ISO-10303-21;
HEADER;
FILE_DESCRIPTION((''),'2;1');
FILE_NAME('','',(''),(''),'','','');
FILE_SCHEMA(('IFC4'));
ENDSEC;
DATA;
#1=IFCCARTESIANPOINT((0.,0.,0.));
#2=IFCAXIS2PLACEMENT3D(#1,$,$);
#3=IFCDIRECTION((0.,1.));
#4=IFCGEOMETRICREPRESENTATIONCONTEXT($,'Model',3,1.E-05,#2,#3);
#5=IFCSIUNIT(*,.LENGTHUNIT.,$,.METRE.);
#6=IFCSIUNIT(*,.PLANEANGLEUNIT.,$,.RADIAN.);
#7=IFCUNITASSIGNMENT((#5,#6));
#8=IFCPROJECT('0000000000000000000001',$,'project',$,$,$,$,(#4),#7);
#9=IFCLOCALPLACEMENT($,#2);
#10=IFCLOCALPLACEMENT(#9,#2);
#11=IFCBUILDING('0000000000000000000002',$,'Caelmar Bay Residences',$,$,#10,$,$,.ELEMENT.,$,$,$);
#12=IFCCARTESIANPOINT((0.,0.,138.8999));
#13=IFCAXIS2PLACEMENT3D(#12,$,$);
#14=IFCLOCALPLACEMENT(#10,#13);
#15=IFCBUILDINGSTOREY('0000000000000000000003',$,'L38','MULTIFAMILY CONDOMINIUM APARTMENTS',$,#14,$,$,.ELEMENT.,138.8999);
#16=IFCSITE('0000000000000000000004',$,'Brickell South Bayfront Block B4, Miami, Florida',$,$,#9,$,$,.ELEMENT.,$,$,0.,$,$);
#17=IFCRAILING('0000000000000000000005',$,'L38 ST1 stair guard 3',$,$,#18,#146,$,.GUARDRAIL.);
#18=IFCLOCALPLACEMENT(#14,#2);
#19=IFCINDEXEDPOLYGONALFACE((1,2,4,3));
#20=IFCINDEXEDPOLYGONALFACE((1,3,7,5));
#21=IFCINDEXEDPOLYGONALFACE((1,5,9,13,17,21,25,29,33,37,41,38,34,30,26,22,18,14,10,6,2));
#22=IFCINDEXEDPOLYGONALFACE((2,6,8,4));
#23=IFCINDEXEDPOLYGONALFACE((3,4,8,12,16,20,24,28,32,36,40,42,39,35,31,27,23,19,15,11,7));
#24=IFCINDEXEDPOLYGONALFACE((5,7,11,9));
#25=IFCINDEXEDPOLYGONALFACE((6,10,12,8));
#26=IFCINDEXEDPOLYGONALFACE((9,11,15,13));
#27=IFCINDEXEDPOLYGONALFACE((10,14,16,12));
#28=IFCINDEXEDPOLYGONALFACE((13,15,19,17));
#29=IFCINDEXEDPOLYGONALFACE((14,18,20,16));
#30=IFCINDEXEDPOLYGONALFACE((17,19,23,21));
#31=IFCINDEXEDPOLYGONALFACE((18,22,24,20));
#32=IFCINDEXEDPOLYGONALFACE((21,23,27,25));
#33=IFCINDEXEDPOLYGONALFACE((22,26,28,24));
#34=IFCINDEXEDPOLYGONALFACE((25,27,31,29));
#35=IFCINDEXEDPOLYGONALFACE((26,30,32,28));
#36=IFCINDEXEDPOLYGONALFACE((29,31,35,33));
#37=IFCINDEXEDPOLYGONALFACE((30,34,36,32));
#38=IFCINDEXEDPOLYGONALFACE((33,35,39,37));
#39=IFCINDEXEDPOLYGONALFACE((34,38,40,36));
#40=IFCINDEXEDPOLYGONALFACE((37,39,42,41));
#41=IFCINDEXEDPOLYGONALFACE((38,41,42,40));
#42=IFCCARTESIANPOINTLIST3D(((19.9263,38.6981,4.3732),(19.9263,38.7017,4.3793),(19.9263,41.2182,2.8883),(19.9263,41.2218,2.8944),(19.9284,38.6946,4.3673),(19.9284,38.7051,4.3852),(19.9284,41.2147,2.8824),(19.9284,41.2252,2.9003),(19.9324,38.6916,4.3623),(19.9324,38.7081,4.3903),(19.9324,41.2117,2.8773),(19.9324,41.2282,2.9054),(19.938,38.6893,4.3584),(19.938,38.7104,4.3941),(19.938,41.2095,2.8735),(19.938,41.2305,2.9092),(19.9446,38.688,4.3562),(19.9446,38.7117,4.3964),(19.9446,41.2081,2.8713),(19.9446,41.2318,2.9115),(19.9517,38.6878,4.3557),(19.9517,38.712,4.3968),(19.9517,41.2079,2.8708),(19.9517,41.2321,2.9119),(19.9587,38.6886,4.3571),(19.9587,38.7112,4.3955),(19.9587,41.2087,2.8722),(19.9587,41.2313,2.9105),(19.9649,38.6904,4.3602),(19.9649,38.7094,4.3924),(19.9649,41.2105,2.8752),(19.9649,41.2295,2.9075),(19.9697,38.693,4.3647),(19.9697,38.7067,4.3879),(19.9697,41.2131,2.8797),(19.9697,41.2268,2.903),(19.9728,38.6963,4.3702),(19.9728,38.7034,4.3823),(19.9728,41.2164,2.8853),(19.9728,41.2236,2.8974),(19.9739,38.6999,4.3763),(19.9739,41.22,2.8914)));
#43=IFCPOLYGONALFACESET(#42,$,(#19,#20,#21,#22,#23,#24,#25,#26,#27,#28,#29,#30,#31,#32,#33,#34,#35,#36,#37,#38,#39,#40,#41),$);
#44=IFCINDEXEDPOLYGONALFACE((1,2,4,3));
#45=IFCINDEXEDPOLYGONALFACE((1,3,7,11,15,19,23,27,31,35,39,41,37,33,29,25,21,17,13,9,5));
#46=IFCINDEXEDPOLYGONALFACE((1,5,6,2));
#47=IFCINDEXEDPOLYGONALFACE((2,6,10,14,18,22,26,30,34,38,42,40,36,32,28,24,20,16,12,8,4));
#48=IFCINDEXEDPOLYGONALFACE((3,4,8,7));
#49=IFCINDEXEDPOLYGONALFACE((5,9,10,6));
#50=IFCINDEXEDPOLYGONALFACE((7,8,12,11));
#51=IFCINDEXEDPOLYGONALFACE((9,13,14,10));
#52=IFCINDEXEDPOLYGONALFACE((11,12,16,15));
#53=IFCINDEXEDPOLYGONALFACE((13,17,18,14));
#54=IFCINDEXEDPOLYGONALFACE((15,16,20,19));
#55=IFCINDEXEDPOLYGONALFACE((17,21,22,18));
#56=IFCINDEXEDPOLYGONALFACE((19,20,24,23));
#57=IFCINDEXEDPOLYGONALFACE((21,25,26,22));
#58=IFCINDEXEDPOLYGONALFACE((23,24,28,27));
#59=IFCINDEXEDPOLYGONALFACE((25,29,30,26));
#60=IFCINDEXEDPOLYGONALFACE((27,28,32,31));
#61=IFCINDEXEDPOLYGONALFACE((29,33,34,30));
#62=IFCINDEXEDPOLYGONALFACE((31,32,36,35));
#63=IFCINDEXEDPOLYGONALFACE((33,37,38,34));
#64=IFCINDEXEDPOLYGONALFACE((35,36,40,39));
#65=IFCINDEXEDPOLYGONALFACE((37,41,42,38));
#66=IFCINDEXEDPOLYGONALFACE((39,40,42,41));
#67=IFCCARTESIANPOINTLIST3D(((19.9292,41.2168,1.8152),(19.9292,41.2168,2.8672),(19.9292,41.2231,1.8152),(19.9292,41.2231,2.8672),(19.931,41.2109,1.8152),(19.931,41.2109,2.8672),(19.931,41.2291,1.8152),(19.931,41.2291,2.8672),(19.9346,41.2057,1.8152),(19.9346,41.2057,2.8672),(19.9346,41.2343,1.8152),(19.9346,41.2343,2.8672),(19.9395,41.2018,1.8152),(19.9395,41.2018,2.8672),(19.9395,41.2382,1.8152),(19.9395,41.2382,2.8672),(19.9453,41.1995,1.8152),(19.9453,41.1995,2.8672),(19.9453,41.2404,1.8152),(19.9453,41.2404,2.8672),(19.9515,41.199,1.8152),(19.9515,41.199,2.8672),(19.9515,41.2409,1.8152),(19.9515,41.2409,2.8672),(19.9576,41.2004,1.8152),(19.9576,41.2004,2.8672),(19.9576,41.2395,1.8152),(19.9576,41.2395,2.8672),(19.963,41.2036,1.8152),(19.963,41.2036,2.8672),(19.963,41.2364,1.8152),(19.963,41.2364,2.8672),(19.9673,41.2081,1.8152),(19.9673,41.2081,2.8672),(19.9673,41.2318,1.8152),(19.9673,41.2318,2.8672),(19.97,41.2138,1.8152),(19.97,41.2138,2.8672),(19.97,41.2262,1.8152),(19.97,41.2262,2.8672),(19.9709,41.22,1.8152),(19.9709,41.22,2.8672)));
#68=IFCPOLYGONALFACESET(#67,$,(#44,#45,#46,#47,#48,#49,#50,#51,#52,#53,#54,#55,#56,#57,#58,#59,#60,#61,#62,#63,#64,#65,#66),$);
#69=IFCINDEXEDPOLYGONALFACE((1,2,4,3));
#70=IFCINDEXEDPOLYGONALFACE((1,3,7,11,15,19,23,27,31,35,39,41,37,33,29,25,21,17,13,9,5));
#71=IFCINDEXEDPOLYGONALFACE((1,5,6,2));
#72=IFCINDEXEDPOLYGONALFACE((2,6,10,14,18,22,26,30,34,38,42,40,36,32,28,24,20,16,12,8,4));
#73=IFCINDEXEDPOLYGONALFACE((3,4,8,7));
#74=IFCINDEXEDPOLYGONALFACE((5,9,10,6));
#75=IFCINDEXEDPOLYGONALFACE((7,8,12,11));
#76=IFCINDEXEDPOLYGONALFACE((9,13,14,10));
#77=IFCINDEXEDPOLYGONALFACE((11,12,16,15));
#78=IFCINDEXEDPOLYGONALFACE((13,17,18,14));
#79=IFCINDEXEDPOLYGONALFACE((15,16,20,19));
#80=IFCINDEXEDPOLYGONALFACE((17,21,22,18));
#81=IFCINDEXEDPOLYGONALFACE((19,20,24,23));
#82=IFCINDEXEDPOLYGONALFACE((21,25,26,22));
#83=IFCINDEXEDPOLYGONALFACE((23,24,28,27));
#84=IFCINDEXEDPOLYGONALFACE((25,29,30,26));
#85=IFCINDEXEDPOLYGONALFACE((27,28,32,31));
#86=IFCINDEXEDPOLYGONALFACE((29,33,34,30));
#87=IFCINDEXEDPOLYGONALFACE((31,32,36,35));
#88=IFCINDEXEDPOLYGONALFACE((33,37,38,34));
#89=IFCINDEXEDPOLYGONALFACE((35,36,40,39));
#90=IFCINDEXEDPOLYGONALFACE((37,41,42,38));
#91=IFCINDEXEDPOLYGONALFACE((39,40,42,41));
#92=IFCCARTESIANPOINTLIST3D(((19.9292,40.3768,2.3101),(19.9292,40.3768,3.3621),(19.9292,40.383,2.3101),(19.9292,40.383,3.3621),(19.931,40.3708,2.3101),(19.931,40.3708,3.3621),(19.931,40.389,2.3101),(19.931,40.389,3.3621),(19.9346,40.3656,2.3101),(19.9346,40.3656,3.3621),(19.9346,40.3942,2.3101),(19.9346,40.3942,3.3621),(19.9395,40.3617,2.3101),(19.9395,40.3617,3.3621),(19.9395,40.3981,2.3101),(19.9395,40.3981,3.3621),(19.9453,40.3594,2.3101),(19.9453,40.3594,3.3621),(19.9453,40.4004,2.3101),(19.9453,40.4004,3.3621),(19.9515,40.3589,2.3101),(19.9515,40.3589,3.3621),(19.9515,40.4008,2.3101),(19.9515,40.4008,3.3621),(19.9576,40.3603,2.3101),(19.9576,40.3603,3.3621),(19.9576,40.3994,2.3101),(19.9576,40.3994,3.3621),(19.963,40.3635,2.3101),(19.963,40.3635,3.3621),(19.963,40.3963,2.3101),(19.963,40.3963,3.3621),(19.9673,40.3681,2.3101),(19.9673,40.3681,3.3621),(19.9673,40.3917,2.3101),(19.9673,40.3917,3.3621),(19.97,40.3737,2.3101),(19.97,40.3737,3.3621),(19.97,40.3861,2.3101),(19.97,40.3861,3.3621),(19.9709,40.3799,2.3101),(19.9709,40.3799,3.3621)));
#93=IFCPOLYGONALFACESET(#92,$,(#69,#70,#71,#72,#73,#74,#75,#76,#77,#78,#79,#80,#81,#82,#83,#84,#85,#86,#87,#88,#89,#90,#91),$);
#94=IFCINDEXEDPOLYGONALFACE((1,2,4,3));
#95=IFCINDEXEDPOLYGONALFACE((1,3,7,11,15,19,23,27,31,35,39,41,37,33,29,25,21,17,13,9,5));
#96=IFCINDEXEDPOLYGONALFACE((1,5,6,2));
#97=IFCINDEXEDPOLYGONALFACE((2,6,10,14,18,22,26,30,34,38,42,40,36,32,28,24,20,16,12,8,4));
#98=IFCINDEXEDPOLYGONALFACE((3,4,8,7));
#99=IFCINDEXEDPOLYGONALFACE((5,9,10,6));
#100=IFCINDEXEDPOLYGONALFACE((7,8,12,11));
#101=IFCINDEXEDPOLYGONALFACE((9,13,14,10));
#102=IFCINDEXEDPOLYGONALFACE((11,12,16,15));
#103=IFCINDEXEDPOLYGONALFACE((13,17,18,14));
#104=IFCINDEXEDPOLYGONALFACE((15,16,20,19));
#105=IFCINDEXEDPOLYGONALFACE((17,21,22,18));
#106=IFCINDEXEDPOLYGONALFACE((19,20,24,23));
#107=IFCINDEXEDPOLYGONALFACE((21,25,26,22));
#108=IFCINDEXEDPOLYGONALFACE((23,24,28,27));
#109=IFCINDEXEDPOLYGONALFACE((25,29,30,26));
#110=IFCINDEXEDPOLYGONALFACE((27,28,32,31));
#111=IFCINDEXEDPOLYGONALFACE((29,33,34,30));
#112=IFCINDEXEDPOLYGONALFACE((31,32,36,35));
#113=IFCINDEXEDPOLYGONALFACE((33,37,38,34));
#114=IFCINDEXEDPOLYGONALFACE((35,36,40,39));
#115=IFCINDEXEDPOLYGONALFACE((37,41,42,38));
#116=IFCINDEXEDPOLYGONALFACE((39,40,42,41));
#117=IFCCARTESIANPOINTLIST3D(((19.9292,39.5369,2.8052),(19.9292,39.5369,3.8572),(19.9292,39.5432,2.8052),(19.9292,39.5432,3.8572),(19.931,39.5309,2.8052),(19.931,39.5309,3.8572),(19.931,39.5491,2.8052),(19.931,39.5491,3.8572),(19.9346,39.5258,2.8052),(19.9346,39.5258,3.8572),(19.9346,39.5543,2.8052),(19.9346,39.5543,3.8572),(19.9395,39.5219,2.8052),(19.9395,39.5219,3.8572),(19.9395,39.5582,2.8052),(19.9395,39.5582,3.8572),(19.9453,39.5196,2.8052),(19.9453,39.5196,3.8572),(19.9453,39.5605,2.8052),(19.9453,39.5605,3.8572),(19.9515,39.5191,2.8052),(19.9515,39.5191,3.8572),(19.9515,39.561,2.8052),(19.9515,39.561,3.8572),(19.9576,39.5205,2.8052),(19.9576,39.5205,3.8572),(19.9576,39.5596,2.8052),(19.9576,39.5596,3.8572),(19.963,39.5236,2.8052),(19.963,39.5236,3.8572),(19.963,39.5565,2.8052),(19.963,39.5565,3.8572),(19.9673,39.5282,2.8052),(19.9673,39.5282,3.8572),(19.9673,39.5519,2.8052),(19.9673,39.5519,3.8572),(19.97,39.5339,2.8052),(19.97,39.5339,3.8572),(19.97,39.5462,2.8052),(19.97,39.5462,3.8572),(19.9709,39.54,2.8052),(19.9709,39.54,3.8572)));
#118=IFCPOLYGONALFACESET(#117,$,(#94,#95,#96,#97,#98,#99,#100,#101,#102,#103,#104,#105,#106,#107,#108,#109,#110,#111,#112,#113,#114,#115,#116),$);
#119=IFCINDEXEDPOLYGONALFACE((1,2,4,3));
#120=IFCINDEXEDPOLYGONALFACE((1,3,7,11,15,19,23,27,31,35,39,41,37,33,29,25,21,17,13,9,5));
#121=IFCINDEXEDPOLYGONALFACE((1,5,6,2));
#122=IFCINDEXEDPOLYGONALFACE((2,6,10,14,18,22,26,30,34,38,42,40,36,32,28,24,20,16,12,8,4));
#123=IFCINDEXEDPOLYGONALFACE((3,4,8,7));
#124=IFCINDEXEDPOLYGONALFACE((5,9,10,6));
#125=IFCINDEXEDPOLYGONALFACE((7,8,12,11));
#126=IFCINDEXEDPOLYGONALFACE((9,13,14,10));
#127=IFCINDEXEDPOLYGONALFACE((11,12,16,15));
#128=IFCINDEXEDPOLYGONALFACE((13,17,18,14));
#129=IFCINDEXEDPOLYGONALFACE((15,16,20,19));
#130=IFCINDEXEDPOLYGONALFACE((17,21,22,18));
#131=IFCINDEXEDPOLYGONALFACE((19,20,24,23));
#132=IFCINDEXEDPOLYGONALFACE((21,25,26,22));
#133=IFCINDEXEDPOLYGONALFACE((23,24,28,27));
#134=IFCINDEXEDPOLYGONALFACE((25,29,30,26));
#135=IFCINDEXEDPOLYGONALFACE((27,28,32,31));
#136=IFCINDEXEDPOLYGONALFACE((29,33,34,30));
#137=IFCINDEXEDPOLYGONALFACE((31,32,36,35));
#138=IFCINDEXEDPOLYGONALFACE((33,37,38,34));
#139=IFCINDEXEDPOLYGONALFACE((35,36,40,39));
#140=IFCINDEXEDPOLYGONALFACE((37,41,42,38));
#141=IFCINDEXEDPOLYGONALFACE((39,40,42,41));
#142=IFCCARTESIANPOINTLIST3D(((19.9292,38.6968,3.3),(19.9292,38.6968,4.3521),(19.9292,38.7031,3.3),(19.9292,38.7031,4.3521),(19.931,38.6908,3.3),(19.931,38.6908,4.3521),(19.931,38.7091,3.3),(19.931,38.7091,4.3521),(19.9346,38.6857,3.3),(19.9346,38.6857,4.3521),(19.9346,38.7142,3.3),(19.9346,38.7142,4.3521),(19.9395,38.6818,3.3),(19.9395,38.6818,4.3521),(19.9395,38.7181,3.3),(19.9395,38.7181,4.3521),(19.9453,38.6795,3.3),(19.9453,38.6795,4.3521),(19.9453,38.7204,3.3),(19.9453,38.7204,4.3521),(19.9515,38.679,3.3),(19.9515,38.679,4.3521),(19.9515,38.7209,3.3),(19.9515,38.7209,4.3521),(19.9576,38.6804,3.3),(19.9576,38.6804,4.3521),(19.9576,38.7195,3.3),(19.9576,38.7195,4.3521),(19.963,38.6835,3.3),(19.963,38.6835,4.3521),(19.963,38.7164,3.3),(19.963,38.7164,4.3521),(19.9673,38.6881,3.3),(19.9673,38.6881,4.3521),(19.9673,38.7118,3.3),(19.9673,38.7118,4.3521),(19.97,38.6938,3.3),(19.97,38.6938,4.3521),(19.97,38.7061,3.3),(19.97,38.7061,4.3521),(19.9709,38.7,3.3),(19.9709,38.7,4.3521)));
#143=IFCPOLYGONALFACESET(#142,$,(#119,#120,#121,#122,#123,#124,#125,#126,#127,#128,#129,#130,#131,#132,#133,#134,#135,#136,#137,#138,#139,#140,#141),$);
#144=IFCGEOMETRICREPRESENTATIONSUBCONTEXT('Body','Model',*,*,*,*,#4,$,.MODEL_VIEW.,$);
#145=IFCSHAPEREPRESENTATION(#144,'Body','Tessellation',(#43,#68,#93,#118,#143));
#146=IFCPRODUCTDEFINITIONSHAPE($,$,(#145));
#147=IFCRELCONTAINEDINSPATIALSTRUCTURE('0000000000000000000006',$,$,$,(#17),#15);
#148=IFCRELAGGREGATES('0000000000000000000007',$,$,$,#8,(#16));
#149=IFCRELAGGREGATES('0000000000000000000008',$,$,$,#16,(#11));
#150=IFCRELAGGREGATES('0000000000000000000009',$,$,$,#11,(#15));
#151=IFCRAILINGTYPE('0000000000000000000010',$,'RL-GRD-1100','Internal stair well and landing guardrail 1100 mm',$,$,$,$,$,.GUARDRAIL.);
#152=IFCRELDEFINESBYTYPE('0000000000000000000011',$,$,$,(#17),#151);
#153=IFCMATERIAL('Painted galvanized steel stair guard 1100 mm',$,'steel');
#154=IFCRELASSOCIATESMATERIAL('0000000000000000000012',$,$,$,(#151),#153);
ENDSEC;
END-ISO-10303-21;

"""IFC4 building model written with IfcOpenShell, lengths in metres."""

from ifc_helpers import new_model, si_unit, direction, frame, origin, origin_2d, place, context, subcontext, project, spatial, circle, extrude, material, type_object, element, save


model = new_model("IFC4")

# Units and contexts
model_context = context("Model", 3, precision=1e-05, world=origin(), true_north=direction((0.0, 1.0)))
body_context = subcontext(model_context, "Body", "Model", "MODEL_VIEW")
ifc_project = project(units=[si_unit("LENGTHUNIT", "METRE"), si_unit("PLANEANGLEUNIT", "RADIAN")], contexts=[model_context])

# Site, building, storey
site_placement = place(None, origin())
site = spatial("IfcSite", under=ifc_project, at=site_placement, Name="Brickell South Bayfront Block B4, Miami, Florida", CompositionType="ELEMENT", RefElevation=0.0)
building_placement = place(site_placement, origin())
building = spatial("IfcBuilding", under=site, at=building_placement, Name="Caelmar Bay Residences", CompositionType="ELEMENT")
storey_placement = place(building_placement, frame((0.0, 0.0, 138.8999)))
storey = spatial("IfcBuildingStorey", under=building, at=storey_placement, Name="L38", Description="MULTIFAMILY CONDOMINIUM APARTMENTS", CompositionType="ELEMENT", Elevation=138.8999)

# Railing
ifc_material_1 = material(Name="Painted galvanized steel stair guard 1100 mm", Category="steel")
railing_type_1 = type_object("IfcRailingType", Name="RL-GRD-1100", Description="Internal stair well and landing guardrail 1100 mm", PredefinedType="GUARDRAIL", material=ifc_material_1)
railing_1_placement = place(storey_placement, frame((19.95, 41.22, 1.8152)))
element("IfcRailing", 1, at=railing_1_placement, inside=storey, type_object=railing_type_1, Name="L38 ST1 stair guard 3", PredefinedType="GUARDRAIL", context=body_context, shape_type="SweptSolid", body=[
    extrude(circle(Radius=0.0239, at=origin_2d()), frame((0.0, 0.0, 1.0762), z_axis=(0.0, -0.861561, 0.507655), x_axis=(1.0, 0.0, 0.0)), (0.0, 0.0, 1.0), 2.925),
    extrude(circle(Radius=0.021, at=origin_2d()), origin(), (0.0, 0.0, 1.0), 1.052),
    extrude(circle(Radius=0.021, at=origin_2d()), frame((0.0, -0.8401, 0.4949)), (0.0, 0.0, 1.0), 1.052),
    extrude(circle(Radius=0.021, at=origin_2d()), frame((0.0, -1.6799, 0.99)), (0.0, 0.0, 1.0), 1.052),
    extrude(circle(Radius=0.021, at=origin_2d()), frame((0.0, -2.52, 1.4849)), (0.0, 0.0, 1.0), 1.052),
])

save(model, "model.ifc")
